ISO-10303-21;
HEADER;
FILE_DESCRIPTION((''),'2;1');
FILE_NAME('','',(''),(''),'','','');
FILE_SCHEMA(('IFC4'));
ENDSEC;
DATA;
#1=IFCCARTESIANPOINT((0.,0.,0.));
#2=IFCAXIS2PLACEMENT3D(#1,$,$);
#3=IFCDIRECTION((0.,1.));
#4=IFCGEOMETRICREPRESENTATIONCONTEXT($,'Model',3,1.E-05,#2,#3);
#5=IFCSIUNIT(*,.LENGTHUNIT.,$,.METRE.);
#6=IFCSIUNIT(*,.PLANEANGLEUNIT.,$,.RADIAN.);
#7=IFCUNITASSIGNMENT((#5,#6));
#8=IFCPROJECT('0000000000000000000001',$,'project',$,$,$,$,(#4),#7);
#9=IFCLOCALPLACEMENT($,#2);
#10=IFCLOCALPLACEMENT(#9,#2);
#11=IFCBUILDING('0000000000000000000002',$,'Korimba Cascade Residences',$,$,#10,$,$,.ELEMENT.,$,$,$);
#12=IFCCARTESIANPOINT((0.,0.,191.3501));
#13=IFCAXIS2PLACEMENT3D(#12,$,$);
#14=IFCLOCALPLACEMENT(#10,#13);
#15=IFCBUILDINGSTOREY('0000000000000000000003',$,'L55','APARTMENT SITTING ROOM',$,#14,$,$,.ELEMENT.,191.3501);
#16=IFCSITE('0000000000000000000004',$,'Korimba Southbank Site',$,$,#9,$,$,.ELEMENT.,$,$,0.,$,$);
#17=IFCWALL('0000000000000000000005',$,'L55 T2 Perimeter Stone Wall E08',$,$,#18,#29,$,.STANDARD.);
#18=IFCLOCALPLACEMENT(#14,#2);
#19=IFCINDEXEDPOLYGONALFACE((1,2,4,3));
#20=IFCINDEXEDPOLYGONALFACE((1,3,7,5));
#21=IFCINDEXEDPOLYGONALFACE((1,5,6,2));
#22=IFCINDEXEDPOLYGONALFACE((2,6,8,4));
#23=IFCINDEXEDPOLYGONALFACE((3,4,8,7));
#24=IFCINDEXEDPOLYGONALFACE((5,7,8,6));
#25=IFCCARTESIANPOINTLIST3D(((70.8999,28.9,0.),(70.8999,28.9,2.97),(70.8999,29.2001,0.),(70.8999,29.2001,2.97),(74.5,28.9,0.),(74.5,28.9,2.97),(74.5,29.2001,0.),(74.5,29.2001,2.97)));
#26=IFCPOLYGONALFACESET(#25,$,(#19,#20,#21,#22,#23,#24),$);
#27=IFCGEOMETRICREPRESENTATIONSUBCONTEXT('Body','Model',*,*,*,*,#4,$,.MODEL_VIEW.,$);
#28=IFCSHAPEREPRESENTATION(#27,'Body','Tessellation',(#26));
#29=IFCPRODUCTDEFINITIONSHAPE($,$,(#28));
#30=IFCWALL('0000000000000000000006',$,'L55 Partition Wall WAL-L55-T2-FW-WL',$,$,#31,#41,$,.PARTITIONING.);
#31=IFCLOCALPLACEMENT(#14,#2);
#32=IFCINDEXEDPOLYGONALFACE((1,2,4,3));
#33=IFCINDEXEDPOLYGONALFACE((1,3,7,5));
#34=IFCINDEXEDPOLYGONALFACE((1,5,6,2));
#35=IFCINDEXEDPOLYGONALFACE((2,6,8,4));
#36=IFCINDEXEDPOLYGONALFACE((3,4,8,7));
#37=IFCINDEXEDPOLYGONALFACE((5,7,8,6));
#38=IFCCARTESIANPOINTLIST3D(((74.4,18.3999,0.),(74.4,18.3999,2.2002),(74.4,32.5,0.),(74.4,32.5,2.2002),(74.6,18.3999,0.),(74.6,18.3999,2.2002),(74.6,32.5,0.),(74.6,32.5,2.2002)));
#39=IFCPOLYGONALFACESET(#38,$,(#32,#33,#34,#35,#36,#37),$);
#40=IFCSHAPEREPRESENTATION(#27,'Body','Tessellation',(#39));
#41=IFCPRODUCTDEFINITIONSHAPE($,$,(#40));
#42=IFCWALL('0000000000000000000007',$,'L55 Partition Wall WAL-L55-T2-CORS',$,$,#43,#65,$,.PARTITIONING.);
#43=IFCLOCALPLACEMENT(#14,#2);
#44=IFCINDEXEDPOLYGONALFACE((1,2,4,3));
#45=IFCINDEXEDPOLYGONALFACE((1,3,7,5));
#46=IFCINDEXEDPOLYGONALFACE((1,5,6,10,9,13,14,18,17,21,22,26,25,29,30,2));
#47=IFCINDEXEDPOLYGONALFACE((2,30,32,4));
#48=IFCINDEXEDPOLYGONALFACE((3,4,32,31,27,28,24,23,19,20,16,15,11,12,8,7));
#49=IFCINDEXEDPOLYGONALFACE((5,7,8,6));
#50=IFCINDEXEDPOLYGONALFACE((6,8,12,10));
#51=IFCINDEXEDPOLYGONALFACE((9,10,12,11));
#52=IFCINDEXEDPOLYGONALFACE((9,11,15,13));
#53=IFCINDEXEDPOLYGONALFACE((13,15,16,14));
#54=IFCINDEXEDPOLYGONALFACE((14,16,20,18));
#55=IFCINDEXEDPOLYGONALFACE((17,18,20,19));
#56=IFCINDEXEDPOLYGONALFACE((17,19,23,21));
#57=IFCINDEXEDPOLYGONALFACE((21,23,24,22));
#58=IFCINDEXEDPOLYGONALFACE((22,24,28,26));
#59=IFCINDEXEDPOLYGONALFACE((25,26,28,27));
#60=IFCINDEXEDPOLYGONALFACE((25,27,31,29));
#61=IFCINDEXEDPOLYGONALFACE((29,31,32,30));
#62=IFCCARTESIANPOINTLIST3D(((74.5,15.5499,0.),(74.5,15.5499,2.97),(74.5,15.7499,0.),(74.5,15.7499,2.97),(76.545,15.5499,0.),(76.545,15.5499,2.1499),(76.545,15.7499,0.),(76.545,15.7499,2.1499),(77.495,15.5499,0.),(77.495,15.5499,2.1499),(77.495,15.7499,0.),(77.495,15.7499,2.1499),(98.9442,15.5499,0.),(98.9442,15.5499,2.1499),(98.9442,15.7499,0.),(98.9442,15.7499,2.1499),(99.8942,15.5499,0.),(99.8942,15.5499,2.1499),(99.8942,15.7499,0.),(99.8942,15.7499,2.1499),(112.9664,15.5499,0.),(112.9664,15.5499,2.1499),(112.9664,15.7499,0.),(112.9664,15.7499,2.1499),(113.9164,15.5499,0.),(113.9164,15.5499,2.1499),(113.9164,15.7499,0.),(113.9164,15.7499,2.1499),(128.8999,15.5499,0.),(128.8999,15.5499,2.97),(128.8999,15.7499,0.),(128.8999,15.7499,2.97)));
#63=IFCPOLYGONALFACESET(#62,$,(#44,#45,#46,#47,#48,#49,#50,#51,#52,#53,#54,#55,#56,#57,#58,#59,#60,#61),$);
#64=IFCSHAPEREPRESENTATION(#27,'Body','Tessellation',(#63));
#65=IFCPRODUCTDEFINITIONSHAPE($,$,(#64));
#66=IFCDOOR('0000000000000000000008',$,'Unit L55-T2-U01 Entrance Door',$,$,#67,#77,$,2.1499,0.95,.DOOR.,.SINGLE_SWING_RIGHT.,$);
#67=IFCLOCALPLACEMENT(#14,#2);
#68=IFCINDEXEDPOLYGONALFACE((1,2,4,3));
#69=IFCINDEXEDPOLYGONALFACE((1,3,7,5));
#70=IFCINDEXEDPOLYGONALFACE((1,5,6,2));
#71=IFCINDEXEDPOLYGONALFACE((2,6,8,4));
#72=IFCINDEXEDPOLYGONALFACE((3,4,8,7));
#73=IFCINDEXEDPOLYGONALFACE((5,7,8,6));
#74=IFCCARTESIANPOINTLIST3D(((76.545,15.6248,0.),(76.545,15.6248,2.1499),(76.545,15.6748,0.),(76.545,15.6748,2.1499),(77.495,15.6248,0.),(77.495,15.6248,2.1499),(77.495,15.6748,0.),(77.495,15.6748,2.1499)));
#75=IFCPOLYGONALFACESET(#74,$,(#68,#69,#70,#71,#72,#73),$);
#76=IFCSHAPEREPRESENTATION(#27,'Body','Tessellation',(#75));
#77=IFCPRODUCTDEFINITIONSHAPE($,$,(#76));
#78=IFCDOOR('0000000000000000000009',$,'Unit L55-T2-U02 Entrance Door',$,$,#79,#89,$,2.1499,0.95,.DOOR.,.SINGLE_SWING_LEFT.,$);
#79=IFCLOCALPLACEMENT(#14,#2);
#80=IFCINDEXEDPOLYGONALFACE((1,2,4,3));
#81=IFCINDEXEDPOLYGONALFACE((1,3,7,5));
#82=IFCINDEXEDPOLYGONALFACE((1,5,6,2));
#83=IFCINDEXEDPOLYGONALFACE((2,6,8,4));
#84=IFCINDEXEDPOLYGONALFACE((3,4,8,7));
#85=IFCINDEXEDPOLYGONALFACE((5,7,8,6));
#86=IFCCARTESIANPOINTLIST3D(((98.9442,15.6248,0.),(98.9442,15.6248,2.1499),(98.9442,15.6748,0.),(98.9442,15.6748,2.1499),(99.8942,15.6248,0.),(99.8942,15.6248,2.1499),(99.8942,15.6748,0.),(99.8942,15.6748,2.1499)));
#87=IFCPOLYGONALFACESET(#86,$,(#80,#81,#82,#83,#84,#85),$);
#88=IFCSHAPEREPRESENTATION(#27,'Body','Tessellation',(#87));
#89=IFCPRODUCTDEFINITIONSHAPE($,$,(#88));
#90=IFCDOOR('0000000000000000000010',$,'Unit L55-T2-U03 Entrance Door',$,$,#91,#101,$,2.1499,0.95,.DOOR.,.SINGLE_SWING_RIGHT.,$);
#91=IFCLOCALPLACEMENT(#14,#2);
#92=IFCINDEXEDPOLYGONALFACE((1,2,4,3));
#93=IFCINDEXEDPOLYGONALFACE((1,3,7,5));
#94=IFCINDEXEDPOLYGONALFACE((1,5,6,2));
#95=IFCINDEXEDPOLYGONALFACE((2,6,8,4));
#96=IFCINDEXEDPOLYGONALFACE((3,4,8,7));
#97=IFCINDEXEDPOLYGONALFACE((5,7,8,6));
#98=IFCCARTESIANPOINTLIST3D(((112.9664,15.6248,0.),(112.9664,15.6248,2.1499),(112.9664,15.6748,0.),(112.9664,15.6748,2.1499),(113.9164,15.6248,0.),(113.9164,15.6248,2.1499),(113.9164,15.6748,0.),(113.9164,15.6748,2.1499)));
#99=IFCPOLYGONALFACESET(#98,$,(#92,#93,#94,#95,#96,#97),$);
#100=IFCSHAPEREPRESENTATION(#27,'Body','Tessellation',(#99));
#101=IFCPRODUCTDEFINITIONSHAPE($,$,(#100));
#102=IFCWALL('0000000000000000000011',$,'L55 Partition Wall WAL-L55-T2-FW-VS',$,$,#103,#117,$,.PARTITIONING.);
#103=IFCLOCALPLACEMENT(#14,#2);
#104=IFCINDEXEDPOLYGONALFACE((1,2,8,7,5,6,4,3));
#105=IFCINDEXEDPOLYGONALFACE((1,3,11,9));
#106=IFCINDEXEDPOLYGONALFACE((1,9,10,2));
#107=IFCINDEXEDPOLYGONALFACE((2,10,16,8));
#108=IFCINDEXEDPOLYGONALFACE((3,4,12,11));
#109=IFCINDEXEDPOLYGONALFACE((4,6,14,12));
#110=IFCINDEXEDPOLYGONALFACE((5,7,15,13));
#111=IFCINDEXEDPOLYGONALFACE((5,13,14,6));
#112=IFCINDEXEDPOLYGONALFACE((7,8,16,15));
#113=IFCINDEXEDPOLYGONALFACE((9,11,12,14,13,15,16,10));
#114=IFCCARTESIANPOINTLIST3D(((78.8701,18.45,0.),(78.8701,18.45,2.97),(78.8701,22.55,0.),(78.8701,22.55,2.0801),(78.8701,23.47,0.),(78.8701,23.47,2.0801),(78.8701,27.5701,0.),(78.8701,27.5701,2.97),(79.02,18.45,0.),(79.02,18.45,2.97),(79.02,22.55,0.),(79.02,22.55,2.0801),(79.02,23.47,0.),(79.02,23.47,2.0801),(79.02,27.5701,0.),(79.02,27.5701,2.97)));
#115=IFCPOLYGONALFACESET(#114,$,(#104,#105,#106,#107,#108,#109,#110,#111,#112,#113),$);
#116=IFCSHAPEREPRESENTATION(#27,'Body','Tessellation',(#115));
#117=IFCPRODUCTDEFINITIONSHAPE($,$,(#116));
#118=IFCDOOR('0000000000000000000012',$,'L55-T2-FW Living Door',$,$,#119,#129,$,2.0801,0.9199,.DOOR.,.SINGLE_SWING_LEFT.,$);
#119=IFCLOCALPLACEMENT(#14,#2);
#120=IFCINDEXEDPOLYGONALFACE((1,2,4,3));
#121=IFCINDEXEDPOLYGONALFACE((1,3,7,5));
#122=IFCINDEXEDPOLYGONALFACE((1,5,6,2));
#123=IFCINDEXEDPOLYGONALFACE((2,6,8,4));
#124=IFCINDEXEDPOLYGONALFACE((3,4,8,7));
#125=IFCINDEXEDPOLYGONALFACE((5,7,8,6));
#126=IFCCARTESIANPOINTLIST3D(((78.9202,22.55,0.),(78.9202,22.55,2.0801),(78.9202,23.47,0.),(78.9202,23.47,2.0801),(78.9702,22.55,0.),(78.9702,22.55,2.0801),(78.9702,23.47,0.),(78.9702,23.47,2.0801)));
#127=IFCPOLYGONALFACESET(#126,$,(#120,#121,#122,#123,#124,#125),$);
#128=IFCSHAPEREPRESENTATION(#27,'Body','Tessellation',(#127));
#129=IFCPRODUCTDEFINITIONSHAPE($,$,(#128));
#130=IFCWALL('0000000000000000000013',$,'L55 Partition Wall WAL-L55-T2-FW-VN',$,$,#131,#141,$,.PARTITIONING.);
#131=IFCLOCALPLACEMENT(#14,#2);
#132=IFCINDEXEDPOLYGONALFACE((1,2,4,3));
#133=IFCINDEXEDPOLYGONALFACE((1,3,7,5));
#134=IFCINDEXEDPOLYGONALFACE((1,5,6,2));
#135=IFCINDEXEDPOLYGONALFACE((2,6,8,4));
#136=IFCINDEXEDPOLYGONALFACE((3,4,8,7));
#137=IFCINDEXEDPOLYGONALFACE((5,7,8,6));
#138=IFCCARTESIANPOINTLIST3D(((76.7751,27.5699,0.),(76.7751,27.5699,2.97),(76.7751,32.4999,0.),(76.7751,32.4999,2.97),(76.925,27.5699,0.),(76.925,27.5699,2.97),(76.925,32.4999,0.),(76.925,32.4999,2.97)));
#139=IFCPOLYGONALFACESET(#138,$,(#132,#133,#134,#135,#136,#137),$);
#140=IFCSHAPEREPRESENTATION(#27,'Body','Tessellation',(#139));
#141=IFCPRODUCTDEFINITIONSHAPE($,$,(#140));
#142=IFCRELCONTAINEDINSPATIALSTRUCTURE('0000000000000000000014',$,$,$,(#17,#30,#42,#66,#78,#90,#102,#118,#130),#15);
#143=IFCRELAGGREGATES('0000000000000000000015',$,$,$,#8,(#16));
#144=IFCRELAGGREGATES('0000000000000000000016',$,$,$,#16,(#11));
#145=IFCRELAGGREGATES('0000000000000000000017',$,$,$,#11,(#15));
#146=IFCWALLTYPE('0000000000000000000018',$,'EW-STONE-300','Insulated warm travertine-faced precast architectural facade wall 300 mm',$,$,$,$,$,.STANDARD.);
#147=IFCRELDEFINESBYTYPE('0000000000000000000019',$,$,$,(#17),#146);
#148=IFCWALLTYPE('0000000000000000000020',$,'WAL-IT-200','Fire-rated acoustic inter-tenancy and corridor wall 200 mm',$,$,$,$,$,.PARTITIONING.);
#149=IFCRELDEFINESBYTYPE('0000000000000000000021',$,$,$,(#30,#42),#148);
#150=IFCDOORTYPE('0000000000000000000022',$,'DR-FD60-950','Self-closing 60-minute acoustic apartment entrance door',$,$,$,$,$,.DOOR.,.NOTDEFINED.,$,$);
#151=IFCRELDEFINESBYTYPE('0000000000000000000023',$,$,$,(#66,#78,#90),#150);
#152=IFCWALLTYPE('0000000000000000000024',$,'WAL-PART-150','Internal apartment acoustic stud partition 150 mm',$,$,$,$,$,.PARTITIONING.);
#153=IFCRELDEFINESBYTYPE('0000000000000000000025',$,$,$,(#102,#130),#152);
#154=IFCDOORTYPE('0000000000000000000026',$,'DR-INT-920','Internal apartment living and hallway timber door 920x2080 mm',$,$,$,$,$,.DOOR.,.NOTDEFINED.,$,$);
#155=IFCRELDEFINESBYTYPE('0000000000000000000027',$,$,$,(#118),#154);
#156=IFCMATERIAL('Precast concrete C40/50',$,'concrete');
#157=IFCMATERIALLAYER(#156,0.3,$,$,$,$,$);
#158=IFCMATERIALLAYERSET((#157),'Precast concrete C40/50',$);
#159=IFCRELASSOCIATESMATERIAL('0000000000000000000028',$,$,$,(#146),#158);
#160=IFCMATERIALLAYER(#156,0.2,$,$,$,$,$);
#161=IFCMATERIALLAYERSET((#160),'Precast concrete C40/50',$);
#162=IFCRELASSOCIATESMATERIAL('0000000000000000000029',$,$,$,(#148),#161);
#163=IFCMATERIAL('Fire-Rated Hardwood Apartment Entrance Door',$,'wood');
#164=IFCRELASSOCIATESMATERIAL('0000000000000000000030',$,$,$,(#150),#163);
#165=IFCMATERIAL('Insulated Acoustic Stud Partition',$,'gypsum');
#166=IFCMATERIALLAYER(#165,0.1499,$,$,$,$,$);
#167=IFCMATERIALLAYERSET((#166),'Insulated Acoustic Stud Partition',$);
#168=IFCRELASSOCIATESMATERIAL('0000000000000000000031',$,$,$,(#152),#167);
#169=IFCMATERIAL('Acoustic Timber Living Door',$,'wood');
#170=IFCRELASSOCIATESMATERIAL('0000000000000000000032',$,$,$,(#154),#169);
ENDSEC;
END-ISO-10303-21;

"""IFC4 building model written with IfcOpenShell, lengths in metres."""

from ifc_helpers import new_model, si_unit, direction, frame, frame_2d, origin, place, context, subcontext, project, spatial, rectangle, extrude, material, layer, layer_set, type_object, element, fill, save


model = new_model("IFC4")

# Units and contexts
model_context = context("Model", 3, precision=1e-05, world=origin(), true_north=direction((0.0, 1.0)))
body_context = subcontext(model_context, "Body", "Model", "MODEL_VIEW")
ifc_project = project(units=[si_unit("LENGTHUNIT", "METRE"), si_unit("PLANEANGLEUNIT", "RADIAN")], contexts=[model_context])

# Site, building, storey
site_placement = place(None, origin())
site = spatial("IfcSite", under=ifc_project, at=site_placement, Name="Korimba Southbank Site", CompositionType="ELEMENT", RefElevation=0.0)
building_placement = place(site_placement, origin())
building = spatial("IfcBuilding", under=site, at=building_placement, Name="Korimba Cascade Residences", CompositionType="ELEMENT")
storey_placement = place(building_placement, frame((0.0, 0.0, 191.3501)))
storey = spatial("IfcBuildingStorey", under=building, at=storey_placement, Name="L55", Description="APARTMENT SITTING ROOM", CompositionType="ELEMENT", Elevation=191.3501)

# Walls
ifc_material_1 = material(Name="Precast concrete C40/50", Category="concrete")
ifc_layer_1 = layer(ifc_material_1, 0.3)
ifc_layer_set_1 = layer_set([ifc_layer_1], Name="Precast concrete C40/50")
wall_type_1 = type_object("IfcWallType", Name="EW-STONE-300", Description="Insulated warm travertine-faced precast architectural facade wall 300 mm", PredefinedType="STANDARD", material=ifc_layer_set_1)
wall_1_placement = place(storey_placement, frame((74.5, 29.05, 0.0), z_axis=(0.0, 0.0, 1.0), x_axis=(-1.0, 0.0, 0.0)))
element("IfcWall", 1, at=wall_1_placement, inside=storey, type_object=wall_type_1, Name="L55 T2 Perimeter Stone Wall E08", PredefinedType="STANDARD", context=body_context, shape_type="SweptSolid", body=[
    extrude(rectangle(XDim=3.6001, YDim=0.3, at=frame_2d((1.8, 0.0))), origin(), (0.0, 0.0, 1.0), 2.97),
])
ifc_layer_2 = layer(ifc_material_1, 0.2)
ifc_layer_set_2 = layer_set([ifc_layer_2], Name="Precast concrete C40/50")
wall_type_2 = type_object("IfcWallType", Name="WAL-IT-200", Description="Fire-rated acoustic inter-tenancy and corridor wall 200 mm", PredefinedType="PARTITIONING", material=ifc_layer_set_2)
wall_2_placement = place(storey_placement, frame((74.5, 18.3999, 0.0), z_axis=(0.0, 0.0, 1.0), x_axis=(0.0, 1.0, 0.0)))
element("IfcWall", 2, at=wall_2_placement, inside=storey, type_object=wall_type_2, Name="L55 Partition Wall WAL-L55-T2-FW-WL", PredefinedType="PARTITIONING", context=body_context, shape_type="SweptSolid", body=[
    extrude(rectangle(XDim=14.1001, YDim=0.2, at=frame_2d((7.05, 0.0))), origin(), (0.0, 0.0, 1.0), 2.2002),
])

# Shared definitions
ifc_material_2 = material(Name="Fire-Rated Hardwood Apartment Entrance Door", Category="wood")
door_type_1 = type_object("IfcDoorType", Name="DR-FD60-950", Description="Self-closing 60-minute acoustic apartment entrance door", OperationType="NOTDEFINED", PredefinedType="DOOR", material=ifc_material_2)

# Wall, openings, doors
wall_3_placement = place(storey_placement, frame((74.5, 15.6499, 0.0), z_axis=(0.0, 0.0, 1.0), x_axis=(1.0, 0.0, 0.0)))
wall_3 = element("IfcWall", 3, at=wall_3_placement, inside=storey, type_object=wall_type_2, Name="L55 Partition Wall WAL-L55-T2-CORS", PredefinedType="PARTITIONING", context=body_context, shape_type="SweptSolid", body=[
    extrude(rectangle(XDim=54.3999, YDim=0.2, at=frame_2d((27.2, 0.0))), origin(), (0.0, 0.0, 1.0), 2.97),
])
opening_1_placement = place(wall_3_placement, frame((2.0449, 0.0, 0.0)))
opening_1 = element("IfcOpeningElement", 4, at=opening_1_placement, cuts=wall_3, PredefinedType="OPENING", context=body_context, shape_type="SweptSolid", body=[
    extrude(rectangle(XDim=0.95, YDim=2.1499, at=frame_2d((0.4751, 1.075))), frame((0.0, 0.1099, 0.0), z_axis=(0.0, -1.0, 0.0), x_axis=(1.0, 0.0, 0.0)), (0.0, 0.0, 1.0), 0.22),
])
opening_2_placement = place(wall_3_placement, frame((24.4441, 0.0, 0.0)))
opening_2 = element("IfcOpeningElement", 5, at=opening_2_placement, cuts=wall_3, PredefinedType="OPENING", context=body_context, shape_type="SweptSolid", body=[
    extrude(rectangle(XDim=0.95, YDim=2.1499, at=frame_2d((0.4751, 1.075))), frame((0.0, 0.1099, 0.0), z_axis=(0.0, -1.0, 0.0), x_axis=(1.0, 0.0, 0.0)), (0.0, 0.0, 1.0), 0.22),
])
opening_3_placement = place(wall_3_placement, frame((38.4663, 0.0, 0.0)))
opening_3 = element("IfcOpeningElement", 6, at=opening_3_placement, cuts=wall_3, PredefinedType="OPENING", context=body_context, shape_type="SweptSolid", body=[
    extrude(rectangle(XDim=0.95, YDim=2.1499, at=frame_2d((0.4751, 1.075))), frame((0.0, 0.1099, 0.0), z_axis=(0.0, -1.0, 0.0), x_axis=(1.0, 0.0, 0.0)), (0.0, 0.0, 1.0), 0.22),
])
door_1_placement = place(opening_1_placement, origin())
door_1 = element("IfcDoor", 7, at=door_1_placement, inside=storey, type_object=door_type_1, Name="Unit L55-T2-U01 Entrance Door", OperationType="SINGLE_SWING_RIGHT", OverallHeight=2.1499, OverallWidth=0.95, PredefinedType="DOOR", context=body_context, shape_type="SweptSolid", body=[
    extrude(rectangle(XDim=0.95, YDim=2.1499, at=frame_2d((0.4751, 1.075))), frame((0.0, 0.0249, 0.0), z_axis=(0.0, -1.0, 0.0), x_axis=(1.0, 0.0, 0.0)), (0.0, 0.0, 1.0), 0.05),
])
fill(opening_1, door_1)
door_2_placement = place(opening_2_placement, origin())
door_2 = element("IfcDoor", 8, at=door_2_placement, inside=storey, type_object=door_type_1, Name="Unit L55-T2-U02 Entrance Door", OperationType="SINGLE_SWING_LEFT", OverallHeight=2.1499, OverallWidth=0.95, PredefinedType="DOOR", context=body_context, shape_type="SweptSolid", body=[
    extrude(rectangle(XDim=0.95, YDim=2.1499, at=frame_2d((0.4751, 1.075))), frame((0.0, 0.0249, 0.0), z_axis=(0.0, -1.0, 0.0), x_axis=(1.0, 0.0, 0.0)), (0.0, 0.0, 1.0), 0.05),
])
fill(opening_2, door_2)
door_3_placement = place(opening_3_placement, origin())
door_3 = element("IfcDoor", 9, at=door_3_placement, inside=storey, type_object=door_type_1, Name="Unit L55-T2-U03 Entrance Door", OperationType="SINGLE_SWING_RIGHT", OverallHeight=2.1499, OverallWidth=0.95, PredefinedType="DOOR", context=body_context, shape_type="SweptSolid", body=[
    extrude(rectangle(XDim=0.95, YDim=2.1499, at=frame_2d((0.4751, 1.075))), frame((0.0, 0.0249, 0.0), z_axis=(0.0, -1.0, 0.0), x_axis=(1.0, 0.0, 0.0)), (0.0, 0.0, 1.0), 0.05),
])
fill(opening_3, door_3)

# Wall, opening, door
ifc_material_3 = material(Name="Insulated Acoustic Stud Partition", Category="gypsum")
ifc_layer_3 = layer(ifc_material_3, 0.1499)
ifc_layer_set_3 = layer_set([ifc_layer_3], Name="Insulated Acoustic Stud Partition")
wall_type_3 = type_object("IfcWallType", Name="WAL-PART-150", Description="Internal apartment acoustic stud partition 150 mm", PredefinedType="PARTITIONING", material=ifc_layer_set_3)
wall_4_placement = place(storey_placement, frame((78.9451, 18.45, 0.0), z_axis=(0.0, 0.0, 1.0), x_axis=(0.0, 1.0, 0.0)))
wall_4 = element("IfcWall", 10, at=wall_4_placement, inside=storey, type_object=wall_type_3, Name="L55 Partition Wall WAL-L55-T2-FW-VS", PredefinedType="PARTITIONING", context=body_context, shape_type="SweptSolid", body=[
    extrude(rectangle(XDim=9.1201, YDim=0.1499, at=frame_2d((4.5601, 0.0))), origin(), (0.0, 0.0, 1.0), 2.97),
])
opening_4_placement = place(wall_4_placement, frame((4.1001, 0.0, 0.0)))
opening_4 = element("IfcOpeningElement", 11, at=opening_4_placement, cuts=wall_4, PredefinedType="OPENING", context=body_context, shape_type="SweptSolid", body=[
    extrude(rectangle(XDim=0.9199, YDim=2.0801, at=frame_2d((0.46, 1.04))), frame((0.0, 0.085, 0.0), z_axis=(0.0, -1.0, 0.0), x_axis=(1.0, 0.0, 0.0)), (0.0, 0.0, 1.0), 0.1699),
])
ifc_material_4 = material(Name="Acoustic Timber Living Door", Category="wood")
door_type_2 = type_object("IfcDoorType", Name="DR-INT-920", Description="Internal apartment living and hallway timber door 920x2080 mm", OperationType="NOTDEFINED", PredefinedType="DOOR", material=ifc_material_4)
door_4_placement = place(opening_4_placement, origin())
door_4 = element("IfcDoor", 12, at=door_4_placement, inside=storey, type_object=door_type_2, Name="L55-T2-FW Living Door", OperationType="SINGLE_SWING_LEFT", OverallHeight=2.0801, OverallWidth=0.9199, PredefinedType="DOOR", context=body_context, shape_type="SweptSolid", body=[
    extrude(rectangle(XDim=0.9199, YDim=2.0801, at=frame_2d((0.46, 1.04))), frame((0.0, 0.0249, 0.0), z_axis=(0.0, -1.0, 0.0), x_axis=(1.0, 0.0, 0.0)), (0.0, 0.0, 1.0), 0.05),
])
fill(opening_4, door_4)

# Wall
wall_5_placement = place(storey_placement, frame((76.8501, 27.5701, 0.0), z_axis=(0.0, 0.0, 1.0), x_axis=(0.0, 1.0, 0.0)))
element("IfcWall", 13, at=wall_5_placement, inside=storey, type_object=wall_type_3, Name="L55 Partition Wall WAL-L55-T2-FW-VN", PredefinedType="PARTITIONING", context=body_context, shape_type="SweptSolid", body=[
    extrude(rectangle(XDim=4.9299, YDim=0.1499, at=frame_2d((2.4648, 0.0))), origin(), (0.0, 0.0, 1.0), 2.97),
])

save(model, "model.ifc")
